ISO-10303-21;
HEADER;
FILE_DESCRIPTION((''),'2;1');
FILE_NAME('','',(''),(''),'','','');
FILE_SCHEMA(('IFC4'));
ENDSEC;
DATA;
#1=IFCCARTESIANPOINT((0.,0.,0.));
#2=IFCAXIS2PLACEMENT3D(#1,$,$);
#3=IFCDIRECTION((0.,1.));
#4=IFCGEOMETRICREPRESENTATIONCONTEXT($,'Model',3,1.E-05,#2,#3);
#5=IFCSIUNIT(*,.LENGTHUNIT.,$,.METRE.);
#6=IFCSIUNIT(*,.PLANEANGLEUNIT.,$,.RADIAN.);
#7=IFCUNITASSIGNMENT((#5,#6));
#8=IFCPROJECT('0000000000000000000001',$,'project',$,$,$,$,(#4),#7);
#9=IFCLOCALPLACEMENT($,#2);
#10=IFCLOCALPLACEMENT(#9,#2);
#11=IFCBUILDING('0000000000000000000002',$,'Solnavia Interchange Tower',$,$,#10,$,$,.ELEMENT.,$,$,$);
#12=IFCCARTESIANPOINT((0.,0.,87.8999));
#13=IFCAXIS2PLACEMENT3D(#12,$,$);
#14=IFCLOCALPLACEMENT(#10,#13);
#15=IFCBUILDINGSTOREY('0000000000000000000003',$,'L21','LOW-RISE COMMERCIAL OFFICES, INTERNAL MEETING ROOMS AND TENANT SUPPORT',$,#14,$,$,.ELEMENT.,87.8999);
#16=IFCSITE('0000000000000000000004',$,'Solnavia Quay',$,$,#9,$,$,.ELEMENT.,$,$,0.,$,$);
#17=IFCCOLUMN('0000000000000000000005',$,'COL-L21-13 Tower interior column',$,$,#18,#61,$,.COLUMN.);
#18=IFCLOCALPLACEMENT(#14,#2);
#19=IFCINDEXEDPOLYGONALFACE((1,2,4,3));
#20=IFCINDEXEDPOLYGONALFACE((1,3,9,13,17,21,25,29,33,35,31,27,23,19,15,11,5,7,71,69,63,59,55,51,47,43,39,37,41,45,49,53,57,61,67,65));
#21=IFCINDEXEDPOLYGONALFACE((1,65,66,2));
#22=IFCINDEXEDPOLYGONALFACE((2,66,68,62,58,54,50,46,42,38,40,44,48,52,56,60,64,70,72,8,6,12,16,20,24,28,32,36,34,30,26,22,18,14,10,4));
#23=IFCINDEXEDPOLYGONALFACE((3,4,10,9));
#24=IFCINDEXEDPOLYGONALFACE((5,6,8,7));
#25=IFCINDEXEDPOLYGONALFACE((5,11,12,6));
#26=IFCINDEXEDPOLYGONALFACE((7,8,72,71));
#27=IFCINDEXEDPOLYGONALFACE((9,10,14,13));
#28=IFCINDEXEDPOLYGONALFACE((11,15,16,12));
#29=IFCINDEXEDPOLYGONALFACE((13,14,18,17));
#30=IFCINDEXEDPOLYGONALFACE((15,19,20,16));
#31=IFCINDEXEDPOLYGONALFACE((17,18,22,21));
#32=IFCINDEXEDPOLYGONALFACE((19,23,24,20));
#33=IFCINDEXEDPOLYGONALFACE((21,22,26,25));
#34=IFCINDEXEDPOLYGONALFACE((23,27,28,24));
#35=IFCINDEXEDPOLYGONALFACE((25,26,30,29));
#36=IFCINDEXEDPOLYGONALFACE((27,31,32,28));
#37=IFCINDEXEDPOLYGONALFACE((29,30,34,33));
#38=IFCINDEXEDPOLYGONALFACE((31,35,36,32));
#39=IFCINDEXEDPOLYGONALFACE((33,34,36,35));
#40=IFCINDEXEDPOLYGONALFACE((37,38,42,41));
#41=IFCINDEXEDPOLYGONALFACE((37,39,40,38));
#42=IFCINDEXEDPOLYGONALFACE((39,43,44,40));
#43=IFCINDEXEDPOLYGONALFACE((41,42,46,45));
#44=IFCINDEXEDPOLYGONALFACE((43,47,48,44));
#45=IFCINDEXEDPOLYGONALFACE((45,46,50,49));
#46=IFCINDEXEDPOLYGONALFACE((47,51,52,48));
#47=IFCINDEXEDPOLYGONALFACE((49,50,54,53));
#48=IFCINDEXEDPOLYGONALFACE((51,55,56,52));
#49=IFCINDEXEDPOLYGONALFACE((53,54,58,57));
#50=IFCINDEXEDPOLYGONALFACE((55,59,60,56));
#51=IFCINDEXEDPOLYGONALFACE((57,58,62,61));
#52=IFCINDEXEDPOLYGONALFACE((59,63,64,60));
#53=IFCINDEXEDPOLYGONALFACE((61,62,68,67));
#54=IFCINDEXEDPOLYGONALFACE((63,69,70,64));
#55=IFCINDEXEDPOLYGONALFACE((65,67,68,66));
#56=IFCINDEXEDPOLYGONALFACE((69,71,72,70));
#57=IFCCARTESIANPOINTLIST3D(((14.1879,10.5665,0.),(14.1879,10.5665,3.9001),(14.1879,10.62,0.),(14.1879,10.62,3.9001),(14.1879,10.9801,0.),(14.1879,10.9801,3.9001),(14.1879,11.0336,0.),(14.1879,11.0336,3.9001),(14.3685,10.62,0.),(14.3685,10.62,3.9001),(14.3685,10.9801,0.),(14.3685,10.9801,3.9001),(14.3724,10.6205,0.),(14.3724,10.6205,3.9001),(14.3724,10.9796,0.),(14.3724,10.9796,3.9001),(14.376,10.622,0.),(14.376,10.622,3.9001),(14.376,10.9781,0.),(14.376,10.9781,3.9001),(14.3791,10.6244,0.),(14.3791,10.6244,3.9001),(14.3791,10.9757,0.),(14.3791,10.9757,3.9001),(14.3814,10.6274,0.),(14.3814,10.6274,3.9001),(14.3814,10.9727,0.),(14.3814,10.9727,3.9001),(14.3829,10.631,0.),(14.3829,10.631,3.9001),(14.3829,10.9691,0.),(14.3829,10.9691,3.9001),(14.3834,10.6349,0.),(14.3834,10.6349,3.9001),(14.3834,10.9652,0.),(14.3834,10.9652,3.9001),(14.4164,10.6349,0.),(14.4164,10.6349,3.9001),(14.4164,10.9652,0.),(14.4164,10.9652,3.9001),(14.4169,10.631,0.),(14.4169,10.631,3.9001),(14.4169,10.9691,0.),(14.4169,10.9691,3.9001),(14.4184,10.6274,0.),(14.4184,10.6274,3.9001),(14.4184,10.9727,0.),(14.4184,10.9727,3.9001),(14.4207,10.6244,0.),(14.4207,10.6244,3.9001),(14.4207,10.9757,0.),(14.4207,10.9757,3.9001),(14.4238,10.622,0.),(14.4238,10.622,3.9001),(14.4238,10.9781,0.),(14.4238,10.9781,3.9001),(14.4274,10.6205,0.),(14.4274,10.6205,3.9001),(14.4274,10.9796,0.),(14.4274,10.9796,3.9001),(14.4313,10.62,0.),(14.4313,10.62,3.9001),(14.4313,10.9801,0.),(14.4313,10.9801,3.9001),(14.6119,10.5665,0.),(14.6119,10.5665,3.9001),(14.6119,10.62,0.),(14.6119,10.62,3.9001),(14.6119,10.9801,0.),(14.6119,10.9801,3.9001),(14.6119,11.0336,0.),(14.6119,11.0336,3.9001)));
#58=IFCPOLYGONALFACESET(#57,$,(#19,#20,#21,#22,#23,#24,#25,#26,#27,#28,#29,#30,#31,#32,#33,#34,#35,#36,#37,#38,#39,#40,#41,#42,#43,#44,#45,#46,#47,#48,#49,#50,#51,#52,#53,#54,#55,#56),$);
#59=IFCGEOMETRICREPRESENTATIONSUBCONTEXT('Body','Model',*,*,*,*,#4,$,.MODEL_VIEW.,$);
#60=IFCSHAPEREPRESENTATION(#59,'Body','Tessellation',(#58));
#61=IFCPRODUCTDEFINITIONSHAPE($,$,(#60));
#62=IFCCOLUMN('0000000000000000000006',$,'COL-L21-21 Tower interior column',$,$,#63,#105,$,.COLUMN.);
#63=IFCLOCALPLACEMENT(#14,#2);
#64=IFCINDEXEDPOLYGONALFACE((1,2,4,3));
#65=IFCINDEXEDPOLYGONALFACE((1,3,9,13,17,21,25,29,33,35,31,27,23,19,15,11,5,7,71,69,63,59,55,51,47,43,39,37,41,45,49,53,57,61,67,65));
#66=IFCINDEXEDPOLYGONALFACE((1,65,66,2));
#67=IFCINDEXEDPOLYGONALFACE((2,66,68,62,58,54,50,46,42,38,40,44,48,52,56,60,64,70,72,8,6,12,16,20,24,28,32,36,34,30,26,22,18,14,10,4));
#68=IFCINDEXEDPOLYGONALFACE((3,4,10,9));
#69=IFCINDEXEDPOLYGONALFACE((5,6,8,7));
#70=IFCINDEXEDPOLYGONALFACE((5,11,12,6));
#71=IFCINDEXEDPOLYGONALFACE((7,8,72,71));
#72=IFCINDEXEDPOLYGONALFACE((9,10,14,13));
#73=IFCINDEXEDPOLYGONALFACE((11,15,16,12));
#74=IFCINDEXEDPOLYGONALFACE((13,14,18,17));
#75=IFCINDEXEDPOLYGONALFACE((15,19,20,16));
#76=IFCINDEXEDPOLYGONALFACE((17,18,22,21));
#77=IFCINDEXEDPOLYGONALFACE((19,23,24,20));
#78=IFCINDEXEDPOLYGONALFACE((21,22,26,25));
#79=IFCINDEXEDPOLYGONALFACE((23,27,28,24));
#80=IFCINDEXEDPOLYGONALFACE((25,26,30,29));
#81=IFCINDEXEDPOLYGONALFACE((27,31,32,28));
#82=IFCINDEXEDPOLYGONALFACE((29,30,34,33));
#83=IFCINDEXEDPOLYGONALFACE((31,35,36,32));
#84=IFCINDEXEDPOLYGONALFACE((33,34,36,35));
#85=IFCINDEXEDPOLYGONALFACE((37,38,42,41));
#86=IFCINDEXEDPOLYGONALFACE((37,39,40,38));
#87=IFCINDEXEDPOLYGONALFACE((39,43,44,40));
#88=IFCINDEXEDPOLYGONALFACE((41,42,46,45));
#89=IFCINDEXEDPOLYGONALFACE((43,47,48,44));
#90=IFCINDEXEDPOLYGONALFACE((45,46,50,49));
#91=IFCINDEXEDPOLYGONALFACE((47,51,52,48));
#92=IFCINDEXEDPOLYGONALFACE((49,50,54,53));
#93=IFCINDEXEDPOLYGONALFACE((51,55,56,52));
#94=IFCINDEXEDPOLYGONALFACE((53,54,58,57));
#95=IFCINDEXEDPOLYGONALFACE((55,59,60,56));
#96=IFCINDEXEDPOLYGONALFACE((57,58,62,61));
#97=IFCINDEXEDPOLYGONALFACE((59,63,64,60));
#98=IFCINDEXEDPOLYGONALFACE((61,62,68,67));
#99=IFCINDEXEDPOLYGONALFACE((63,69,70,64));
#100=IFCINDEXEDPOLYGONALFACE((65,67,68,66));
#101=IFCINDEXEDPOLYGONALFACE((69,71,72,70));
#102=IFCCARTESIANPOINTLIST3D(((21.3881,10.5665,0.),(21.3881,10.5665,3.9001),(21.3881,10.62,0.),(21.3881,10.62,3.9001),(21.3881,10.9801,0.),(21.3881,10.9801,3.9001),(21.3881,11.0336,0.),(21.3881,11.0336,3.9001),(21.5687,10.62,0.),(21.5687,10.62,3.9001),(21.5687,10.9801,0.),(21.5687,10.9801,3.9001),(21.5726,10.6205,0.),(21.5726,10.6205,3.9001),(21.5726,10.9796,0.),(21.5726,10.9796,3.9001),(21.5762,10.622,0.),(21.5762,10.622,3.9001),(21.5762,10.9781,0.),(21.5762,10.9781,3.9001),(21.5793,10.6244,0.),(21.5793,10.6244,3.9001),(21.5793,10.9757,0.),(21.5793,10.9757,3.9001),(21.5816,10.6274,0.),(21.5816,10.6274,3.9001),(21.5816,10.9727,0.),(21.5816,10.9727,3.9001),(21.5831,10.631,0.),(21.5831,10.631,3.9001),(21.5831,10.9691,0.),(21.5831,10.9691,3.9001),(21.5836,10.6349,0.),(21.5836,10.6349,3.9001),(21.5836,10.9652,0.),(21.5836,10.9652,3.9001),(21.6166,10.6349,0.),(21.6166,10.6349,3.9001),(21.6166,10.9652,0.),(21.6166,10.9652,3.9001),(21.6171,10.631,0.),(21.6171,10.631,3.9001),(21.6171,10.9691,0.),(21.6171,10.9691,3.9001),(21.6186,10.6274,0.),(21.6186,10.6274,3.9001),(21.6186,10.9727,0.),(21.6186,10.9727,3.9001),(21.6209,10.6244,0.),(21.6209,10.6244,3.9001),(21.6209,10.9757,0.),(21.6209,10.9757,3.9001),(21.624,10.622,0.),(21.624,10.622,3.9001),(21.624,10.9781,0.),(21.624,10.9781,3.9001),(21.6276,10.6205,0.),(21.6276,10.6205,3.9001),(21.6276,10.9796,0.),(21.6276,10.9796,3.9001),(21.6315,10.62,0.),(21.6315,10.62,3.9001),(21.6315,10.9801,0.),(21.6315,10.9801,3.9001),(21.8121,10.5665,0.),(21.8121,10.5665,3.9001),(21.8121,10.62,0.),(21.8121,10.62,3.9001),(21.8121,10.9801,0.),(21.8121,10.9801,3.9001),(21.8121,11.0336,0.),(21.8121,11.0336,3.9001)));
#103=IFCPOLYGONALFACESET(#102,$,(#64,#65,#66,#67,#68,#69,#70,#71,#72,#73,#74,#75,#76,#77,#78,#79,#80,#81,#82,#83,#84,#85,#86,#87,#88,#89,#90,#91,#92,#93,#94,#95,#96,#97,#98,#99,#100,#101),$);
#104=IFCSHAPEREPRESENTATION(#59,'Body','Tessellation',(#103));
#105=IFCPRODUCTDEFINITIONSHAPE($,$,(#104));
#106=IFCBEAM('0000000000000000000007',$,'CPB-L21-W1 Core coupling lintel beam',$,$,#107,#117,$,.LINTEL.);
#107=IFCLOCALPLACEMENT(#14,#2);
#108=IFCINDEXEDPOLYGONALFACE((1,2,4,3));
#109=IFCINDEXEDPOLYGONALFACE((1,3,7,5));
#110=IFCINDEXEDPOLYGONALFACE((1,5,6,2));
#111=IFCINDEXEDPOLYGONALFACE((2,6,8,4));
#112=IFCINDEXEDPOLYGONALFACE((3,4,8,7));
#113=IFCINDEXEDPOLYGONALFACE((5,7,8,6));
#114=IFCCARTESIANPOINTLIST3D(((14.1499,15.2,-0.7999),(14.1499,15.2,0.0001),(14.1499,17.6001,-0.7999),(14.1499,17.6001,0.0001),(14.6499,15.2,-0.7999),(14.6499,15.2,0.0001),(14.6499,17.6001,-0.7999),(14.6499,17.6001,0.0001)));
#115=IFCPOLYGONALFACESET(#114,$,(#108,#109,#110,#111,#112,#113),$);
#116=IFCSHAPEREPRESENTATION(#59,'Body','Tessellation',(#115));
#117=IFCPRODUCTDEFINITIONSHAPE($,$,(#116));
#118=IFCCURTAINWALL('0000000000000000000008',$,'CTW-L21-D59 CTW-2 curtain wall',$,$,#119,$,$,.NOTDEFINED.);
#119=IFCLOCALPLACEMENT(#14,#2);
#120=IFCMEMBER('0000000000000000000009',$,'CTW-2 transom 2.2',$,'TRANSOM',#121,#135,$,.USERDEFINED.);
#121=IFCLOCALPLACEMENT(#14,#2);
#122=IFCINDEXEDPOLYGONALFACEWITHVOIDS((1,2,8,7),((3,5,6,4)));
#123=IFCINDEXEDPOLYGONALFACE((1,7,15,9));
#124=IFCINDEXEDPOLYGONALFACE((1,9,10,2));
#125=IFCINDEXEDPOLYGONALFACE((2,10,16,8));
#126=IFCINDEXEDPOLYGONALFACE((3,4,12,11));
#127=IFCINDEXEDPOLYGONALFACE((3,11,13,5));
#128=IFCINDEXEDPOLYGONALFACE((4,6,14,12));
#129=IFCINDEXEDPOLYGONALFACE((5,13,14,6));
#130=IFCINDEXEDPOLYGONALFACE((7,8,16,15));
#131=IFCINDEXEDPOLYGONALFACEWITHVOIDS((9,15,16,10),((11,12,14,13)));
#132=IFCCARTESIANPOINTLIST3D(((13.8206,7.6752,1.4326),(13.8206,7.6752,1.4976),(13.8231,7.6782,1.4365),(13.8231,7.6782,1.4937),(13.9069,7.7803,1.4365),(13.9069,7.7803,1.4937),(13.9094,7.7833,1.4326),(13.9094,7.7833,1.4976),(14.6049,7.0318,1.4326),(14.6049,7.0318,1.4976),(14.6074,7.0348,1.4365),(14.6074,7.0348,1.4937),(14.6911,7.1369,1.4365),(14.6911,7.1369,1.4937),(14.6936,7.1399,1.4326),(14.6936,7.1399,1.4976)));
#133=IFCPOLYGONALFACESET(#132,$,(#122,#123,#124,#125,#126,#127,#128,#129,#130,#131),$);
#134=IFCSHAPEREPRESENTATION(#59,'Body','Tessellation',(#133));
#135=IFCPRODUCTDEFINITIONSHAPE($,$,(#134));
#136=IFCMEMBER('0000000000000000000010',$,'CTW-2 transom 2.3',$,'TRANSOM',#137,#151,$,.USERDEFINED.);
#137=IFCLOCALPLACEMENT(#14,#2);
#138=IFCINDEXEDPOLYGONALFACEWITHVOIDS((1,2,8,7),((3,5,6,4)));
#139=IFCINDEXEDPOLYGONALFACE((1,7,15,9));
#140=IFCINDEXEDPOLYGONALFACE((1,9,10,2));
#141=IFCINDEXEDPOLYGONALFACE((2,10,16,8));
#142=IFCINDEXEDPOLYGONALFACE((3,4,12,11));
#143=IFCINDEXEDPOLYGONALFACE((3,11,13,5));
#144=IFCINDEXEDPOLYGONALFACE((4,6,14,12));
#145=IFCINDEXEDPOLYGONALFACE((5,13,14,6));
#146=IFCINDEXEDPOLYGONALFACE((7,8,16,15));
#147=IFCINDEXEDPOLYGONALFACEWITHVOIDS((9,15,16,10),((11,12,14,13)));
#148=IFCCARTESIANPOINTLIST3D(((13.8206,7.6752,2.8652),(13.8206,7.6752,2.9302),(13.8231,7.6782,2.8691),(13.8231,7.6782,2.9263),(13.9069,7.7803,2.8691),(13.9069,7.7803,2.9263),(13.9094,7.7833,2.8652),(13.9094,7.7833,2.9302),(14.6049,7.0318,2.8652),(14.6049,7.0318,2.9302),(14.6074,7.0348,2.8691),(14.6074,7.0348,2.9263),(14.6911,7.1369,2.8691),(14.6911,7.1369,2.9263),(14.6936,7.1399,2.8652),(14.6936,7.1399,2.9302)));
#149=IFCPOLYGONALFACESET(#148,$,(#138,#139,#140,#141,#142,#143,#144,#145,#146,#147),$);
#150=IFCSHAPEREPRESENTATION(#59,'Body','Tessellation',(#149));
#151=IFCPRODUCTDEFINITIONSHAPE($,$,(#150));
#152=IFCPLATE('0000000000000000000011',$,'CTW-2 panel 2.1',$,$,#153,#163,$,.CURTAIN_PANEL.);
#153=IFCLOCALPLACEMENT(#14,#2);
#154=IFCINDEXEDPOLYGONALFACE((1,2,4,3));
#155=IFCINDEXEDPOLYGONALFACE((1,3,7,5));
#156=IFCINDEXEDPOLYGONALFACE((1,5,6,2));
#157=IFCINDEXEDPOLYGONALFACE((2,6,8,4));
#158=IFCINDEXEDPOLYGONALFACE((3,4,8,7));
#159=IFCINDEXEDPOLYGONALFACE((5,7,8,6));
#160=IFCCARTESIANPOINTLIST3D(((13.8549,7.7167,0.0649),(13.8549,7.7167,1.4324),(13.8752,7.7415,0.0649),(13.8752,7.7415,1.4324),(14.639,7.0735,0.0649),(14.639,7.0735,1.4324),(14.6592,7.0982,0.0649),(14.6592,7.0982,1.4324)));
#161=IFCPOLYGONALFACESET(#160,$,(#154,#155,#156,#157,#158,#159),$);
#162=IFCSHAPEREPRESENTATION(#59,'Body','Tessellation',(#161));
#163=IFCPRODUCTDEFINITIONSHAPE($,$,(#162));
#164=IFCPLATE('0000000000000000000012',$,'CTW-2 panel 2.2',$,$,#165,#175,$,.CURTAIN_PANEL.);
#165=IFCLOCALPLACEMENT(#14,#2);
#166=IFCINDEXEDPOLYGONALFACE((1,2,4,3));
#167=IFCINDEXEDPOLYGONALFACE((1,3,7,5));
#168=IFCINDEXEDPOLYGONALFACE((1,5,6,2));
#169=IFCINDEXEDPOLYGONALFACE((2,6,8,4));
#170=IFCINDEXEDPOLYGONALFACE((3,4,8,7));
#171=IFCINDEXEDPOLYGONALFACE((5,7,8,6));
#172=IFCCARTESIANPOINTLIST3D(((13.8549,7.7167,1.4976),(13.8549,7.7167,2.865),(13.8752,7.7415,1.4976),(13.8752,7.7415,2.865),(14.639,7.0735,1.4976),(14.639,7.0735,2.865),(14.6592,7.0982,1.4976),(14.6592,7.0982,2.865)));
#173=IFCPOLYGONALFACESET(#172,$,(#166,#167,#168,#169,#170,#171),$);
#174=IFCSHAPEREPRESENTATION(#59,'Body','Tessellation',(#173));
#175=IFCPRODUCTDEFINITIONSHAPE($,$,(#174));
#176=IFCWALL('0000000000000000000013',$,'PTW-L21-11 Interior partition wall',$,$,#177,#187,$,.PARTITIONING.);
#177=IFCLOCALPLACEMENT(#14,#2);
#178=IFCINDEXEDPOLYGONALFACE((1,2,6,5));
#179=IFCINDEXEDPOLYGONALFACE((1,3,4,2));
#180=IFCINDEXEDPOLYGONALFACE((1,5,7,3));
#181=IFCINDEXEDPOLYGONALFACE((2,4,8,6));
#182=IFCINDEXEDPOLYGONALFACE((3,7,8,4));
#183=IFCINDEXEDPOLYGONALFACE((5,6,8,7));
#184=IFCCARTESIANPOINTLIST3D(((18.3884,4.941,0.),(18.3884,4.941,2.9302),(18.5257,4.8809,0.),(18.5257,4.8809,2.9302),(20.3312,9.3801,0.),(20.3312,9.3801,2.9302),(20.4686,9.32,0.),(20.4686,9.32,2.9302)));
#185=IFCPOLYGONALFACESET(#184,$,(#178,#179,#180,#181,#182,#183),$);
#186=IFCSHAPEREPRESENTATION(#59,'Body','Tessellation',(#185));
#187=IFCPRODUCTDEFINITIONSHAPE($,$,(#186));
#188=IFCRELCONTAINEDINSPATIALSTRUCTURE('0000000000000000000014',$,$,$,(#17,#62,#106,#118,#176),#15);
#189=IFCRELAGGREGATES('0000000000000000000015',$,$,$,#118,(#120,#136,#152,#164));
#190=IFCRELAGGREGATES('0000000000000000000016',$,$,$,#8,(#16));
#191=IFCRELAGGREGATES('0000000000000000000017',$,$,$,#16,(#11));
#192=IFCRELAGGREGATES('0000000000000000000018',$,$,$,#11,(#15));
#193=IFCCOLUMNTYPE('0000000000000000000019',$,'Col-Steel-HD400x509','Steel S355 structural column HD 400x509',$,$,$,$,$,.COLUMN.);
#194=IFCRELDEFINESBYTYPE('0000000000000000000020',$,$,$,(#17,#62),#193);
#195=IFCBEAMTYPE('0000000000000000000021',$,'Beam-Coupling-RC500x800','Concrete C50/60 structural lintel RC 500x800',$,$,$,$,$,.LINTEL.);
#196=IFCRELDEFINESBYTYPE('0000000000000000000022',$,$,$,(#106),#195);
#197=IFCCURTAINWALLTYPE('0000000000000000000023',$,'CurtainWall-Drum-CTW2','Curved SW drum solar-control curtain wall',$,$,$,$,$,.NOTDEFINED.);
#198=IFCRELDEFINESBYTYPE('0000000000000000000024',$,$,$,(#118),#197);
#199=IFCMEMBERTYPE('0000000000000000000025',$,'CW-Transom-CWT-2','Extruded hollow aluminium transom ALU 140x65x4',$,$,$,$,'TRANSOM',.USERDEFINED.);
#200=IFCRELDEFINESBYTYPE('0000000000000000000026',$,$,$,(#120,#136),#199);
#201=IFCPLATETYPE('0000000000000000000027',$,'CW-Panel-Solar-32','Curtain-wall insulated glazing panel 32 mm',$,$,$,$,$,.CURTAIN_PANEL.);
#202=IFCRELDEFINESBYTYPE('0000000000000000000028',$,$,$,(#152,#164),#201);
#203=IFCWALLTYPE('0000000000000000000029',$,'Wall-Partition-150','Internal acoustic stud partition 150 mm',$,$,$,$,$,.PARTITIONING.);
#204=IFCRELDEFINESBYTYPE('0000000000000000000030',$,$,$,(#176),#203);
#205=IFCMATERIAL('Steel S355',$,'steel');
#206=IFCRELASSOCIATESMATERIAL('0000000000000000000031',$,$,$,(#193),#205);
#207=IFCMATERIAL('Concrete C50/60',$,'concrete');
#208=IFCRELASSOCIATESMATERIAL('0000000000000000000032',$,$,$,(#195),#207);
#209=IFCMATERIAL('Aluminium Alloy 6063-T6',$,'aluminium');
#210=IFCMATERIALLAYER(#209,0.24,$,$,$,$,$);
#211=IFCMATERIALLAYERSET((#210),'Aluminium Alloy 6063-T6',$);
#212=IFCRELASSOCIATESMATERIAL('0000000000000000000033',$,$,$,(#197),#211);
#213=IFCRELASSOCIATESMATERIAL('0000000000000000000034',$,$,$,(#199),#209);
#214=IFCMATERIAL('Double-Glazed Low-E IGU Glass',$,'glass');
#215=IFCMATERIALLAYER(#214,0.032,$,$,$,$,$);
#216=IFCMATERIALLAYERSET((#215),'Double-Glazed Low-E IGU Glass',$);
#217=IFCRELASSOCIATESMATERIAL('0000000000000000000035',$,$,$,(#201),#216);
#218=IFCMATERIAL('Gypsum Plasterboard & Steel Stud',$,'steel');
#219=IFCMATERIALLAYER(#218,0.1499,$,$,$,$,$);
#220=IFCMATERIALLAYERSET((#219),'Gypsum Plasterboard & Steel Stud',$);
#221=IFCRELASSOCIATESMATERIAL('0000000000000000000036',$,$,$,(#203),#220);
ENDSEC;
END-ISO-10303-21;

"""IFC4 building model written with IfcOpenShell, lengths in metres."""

from ifc_helpers import new_model, si_unit, direction, frame, frame_2d, origin, origin_2d, place, context, subcontext, project, spatial, rectangle, hollow_rectangle, i_section, extrude, material, layer, layer_set, material_profile, profile_set, type_object, element, aggregate, save


model = new_model("IFC4")

# Units and contexts
model_context = context("Model", 3, precision=1e-05, world=origin(), true_north=direction((0.0, 1.0)))
body_context = subcontext(model_context, "Body", "Model", "MODEL_VIEW")
ifc_project = project(units=[si_unit("LENGTHUNIT", "METRE"), si_unit("PLANEANGLEUNIT", "RADIAN")], contexts=[model_context])

# Site, building, storey
site_placement = place(None, origin())
site = spatial("IfcSite", under=ifc_project, at=site_placement, Name="Solnavia Quay", CompositionType="ELEMENT", RefElevation=0.0)
building_placement = place(site_placement, origin())
building = spatial("IfcBuilding", under=site, at=building_placement, Name="Solnavia Interchange Tower", CompositionType="ELEMENT")
storey_placement = place(building_placement, frame((0.0, 0.0, 87.8999)))
storey = spatial("IfcBuildingStorey", under=building, at=storey_placement, Name="L21", Description="LOW-RISE COMMERCIAL OFFICES, INTERNAL MEETING ROOMS AND TENANT SUPPORT", CompositionType="ELEMENT", Elevation=87.8999)

# Columns
ifc_material_1 = material(Name="Steel S355", Category="steel")
ifc_material_profile_1 = material_profile(ifc_material_1, i_section(OverallWidth=0.4241, OverallDepth=0.467, WebThickness=0.033, FlangeThickness=0.0535, FilletRadius=0.0149, at=origin_2d()), Name="HD 400x509")
ifc_profile_set_1 = profile_set([ifc_material_profile_1], Name="Steel S355")
column_type = type_object("IfcColumnType", Name="Col-Steel-HD400x509", Description="Steel S355 structural column HD 400x509", PredefinedType="COLUMN", material=ifc_profile_set_1)
for number, where, z_axis, x_axis, name in (
    (1, (14.3999, 10.8, 0.0), (0.0, 0.0, 1.0), (1.0, 0.0, 0.0), "COL-L21-13 Tower interior column"),
    (2, (21.6001, 10.8, 0.0), (0.0, 0.0, 1.0), (1.0, 0.0, 0.0), "COL-L21-21 Tower interior column"),
):
    element("IfcColumn", number, at=place(storey_placement, frame(where, z_axis=z_axis, x_axis=x_axis)), inside=storey, type_object=column_type, Name=name, PredefinedType="COLUMN", context=body_context, shape_type="SweptSolid", body=[
        extrude(i_section(OverallWidth=0.4241, OverallDepth=0.467, WebThickness=0.033, FlangeThickness=0.0535, FilletRadius=0.0149, at=origin_2d()), origin(), (0.0, 0.0, 1.0), 3.9001),
    ])

# Beam
ifc_material_2 = material(Name="Concrete C50/60", Category="concrete")
ifc_material_profile_2 = material_profile(ifc_material_2, rectangle(XDim=0.5, YDim=0.8, at=origin_2d()), Name="RC 500x800")
ifc_profile_set_2 = profile_set([ifc_material_profile_2], Name="Concrete C50/60")
beam_type = type_object("IfcBeamType", Name="Beam-Coupling-RC500x800", Description="Concrete C50/60 structural lintel RC 500x800", PredefinedType="LINTEL", material=ifc_profile_set_2)
beam_placement = place(storey_placement, frame((14.3999, 15.2, -0.3999), z_axis=(0.0, 1.0, 0.0), x_axis=(-1.0, 0.0, 0.0)))
element("IfcBeam", 3, at=beam_placement, inside=storey, type_object=beam_type, Name="CPB-L21-W1 Core coupling lintel beam", PredefinedType="LINTEL", context=body_context, shape_type="SweptSolid", body=[
    extrude(rectangle(XDim=0.5, YDim=0.8, at=origin_2d()), origin(), (0.0, 0.0, 1.0), 2.4001),
])

# Curtain wall, members, plates
ifc_material_3 = material(Name="Aluminium Alloy 6063-T6", Category="aluminium")
ifc_layer_1 = layer(ifc_material_3, 0.24)
ifc_layer_set_1 = layer_set([ifc_layer_1], Name="Aluminium Alloy 6063-T6")
curtain_wall_type = type_object("IfcCurtainWallType", Name="CurtainWall-Drum-CTW2", Description="Curved SW drum solar-control curtain wall", PredefinedType="NOTDEFINED", material=ifc_layer_set_1)
curtain_wall_placement = place(storey_placement, origin())
curtain_wall = element("IfcCurtainWall", 4, at=curtain_wall_placement, inside=storey, type_object=curtain_wall_type, Name="CTW-L21-D59 CTW-2 curtain wall", PredefinedType="NOTDEFINED")
ifc_material_profile_3 = material_profile(ifc_material_3, hollow_rectangle(XDim=0.0649, YDim=0.1399, WallThickness=0.0039, at=origin_2d()), Name="ALU 140x65x4")
ifc_profile_set_3 = profile_set([ifc_material_profile_3], Name="Aluminium Alloy 6063-T6")
member_type = type_object("IfcMemberType", Name="CW-Transom-CWT-2", Description="Extruded hollow aluminium transom ALU 140x65x4", ElementType="TRANSOM", PredefinedType="USERDEFINED", material=ifc_profile_set_3)
member_1_placement = place(storey_placement, frame((13.865, 7.7292, 1.4651), z_axis=(0.773131, -0.634247, 0.0), x_axis=(0.0, 0.0, 1.0)))
member_1 = element("IfcMember", 5, at=member_1_placement, type_object=member_type, Name="CTW-2 transom 2.2", ObjectType="TRANSOM", PredefinedType="USERDEFINED", context=body_context, shape_type="SweptSolid", body=[
    extrude(hollow_rectangle(XDim=0.0649, YDim=0.1399, WallThickness=0.0039, at=origin_2d()), origin(), (0.0, 0.0, 1.0), 1.0144),
])
member_2_placement = place(storey_placement, frame((13.865, 7.7292, 2.8977), z_axis=(0.773131, -0.634247, 0.0), x_axis=(0.0, 0.0, 1.0)))
member_2 = element("IfcMember", 6, at=member_2_placement, type_object=member_type, Name="CTW-2 transom 2.3", ObjectType="TRANSOM", PredefinedType="USERDEFINED", context=body_context, shape_type="SweptSolid", body=[
    extrude(hollow_rectangle(XDim=0.0649, YDim=0.1399, WallThickness=0.0039, at=origin_2d()), origin(), (0.0, 0.0, 1.0), 1.0144),
])
ifc_material_4 = material(Name="Double-Glazed Low-E IGU Glass", Category="glass")
ifc_layer_2 = layer(ifc_material_4, 0.032)
ifc_layer_set_2 = layer_set([ifc_layer_2], Name="Double-Glazed Low-E IGU Glass")
plate_type = type_object("IfcPlateType", Name="CW-Panel-Solar-32", Description="Curtain-wall insulated glazing panel 32 mm", PredefinedType="CURTAIN_PANEL", material=ifc_layer_set_2)
plate_1_placement = place(storey_placement, frame((14.2571, 7.4075, 0.0649), z_axis=(0.0, 0.0, 1.0), x_axis=(0.773095, -0.634291, 0.0)))
plate_1 = element("IfcPlate", 7, at=plate_1_placement, type_object=plate_type, Name="CTW-2 panel 2.1", PredefinedType="CURTAIN_PANEL", context=body_context, shape_type="SweptSolid", body=[
    extrude(rectangle(XDim=1.0142, YDim=0.032, at=origin_2d()), origin(), (0.0, 0.0, 1.0), 1.3674),
])
plate_2_placement = place(storey_placement, frame((14.2571, 7.4075, 1.4976), z_axis=(0.0, 0.0, 1.0), x_axis=(0.773095, -0.634291, 0.0)))
plate_2 = element("IfcPlate", 8, at=plate_2_placement, type_object=plate_type, Name="CTW-2 panel 2.2", PredefinedType="CURTAIN_PANEL", context=body_context, shape_type="SweptSolid", body=[
    extrude(rectangle(XDim=1.0142, YDim=0.032, at=origin_2d()), origin(), (0.0, 0.0, 1.0), 1.3674),
])
aggregate(curtain_wall, [member_1, member_2, plate_1, plate_2])

# Wall
ifc_material_5 = material(Name="Gypsum Plasterboard & Steel Stud", Category="steel")
ifc_layer_3 = layer(ifc_material_5, 0.1499)
ifc_layer_set_3 = layer_set([ifc_layer_3], Name="Gypsum Plasterboard & Steel Stud")
wall_type_1 = type_object("IfcWallType", Name="Wall-Partition-150", Description="Internal acoustic stud partition 150 mm", PredefinedType="PARTITIONING", material=ifc_layer_set_3)
wall_1_placement = place(storey_placement, frame((20.3999, 9.3501, 0.0), z_axis=(0.0, 0.0, 1.0), x_axis=(-0.400943, -0.916103, 0.0)))
element("IfcWall", 9, at=wall_1_placement, inside=storey, type_object=wall_type_1, Name="PTW-L21-11 Interior partition wall", PredefinedType="PARTITIONING", context=body_context, shape_type="SweptSolid", body=[
    extrude(rectangle(XDim=4.8457, YDim=0.1499, at=frame_2d((2.4229, 0.0))), origin(), (0.0, 0.0, 1.0), 2.9302),
])

save(model, "model.ifc")
